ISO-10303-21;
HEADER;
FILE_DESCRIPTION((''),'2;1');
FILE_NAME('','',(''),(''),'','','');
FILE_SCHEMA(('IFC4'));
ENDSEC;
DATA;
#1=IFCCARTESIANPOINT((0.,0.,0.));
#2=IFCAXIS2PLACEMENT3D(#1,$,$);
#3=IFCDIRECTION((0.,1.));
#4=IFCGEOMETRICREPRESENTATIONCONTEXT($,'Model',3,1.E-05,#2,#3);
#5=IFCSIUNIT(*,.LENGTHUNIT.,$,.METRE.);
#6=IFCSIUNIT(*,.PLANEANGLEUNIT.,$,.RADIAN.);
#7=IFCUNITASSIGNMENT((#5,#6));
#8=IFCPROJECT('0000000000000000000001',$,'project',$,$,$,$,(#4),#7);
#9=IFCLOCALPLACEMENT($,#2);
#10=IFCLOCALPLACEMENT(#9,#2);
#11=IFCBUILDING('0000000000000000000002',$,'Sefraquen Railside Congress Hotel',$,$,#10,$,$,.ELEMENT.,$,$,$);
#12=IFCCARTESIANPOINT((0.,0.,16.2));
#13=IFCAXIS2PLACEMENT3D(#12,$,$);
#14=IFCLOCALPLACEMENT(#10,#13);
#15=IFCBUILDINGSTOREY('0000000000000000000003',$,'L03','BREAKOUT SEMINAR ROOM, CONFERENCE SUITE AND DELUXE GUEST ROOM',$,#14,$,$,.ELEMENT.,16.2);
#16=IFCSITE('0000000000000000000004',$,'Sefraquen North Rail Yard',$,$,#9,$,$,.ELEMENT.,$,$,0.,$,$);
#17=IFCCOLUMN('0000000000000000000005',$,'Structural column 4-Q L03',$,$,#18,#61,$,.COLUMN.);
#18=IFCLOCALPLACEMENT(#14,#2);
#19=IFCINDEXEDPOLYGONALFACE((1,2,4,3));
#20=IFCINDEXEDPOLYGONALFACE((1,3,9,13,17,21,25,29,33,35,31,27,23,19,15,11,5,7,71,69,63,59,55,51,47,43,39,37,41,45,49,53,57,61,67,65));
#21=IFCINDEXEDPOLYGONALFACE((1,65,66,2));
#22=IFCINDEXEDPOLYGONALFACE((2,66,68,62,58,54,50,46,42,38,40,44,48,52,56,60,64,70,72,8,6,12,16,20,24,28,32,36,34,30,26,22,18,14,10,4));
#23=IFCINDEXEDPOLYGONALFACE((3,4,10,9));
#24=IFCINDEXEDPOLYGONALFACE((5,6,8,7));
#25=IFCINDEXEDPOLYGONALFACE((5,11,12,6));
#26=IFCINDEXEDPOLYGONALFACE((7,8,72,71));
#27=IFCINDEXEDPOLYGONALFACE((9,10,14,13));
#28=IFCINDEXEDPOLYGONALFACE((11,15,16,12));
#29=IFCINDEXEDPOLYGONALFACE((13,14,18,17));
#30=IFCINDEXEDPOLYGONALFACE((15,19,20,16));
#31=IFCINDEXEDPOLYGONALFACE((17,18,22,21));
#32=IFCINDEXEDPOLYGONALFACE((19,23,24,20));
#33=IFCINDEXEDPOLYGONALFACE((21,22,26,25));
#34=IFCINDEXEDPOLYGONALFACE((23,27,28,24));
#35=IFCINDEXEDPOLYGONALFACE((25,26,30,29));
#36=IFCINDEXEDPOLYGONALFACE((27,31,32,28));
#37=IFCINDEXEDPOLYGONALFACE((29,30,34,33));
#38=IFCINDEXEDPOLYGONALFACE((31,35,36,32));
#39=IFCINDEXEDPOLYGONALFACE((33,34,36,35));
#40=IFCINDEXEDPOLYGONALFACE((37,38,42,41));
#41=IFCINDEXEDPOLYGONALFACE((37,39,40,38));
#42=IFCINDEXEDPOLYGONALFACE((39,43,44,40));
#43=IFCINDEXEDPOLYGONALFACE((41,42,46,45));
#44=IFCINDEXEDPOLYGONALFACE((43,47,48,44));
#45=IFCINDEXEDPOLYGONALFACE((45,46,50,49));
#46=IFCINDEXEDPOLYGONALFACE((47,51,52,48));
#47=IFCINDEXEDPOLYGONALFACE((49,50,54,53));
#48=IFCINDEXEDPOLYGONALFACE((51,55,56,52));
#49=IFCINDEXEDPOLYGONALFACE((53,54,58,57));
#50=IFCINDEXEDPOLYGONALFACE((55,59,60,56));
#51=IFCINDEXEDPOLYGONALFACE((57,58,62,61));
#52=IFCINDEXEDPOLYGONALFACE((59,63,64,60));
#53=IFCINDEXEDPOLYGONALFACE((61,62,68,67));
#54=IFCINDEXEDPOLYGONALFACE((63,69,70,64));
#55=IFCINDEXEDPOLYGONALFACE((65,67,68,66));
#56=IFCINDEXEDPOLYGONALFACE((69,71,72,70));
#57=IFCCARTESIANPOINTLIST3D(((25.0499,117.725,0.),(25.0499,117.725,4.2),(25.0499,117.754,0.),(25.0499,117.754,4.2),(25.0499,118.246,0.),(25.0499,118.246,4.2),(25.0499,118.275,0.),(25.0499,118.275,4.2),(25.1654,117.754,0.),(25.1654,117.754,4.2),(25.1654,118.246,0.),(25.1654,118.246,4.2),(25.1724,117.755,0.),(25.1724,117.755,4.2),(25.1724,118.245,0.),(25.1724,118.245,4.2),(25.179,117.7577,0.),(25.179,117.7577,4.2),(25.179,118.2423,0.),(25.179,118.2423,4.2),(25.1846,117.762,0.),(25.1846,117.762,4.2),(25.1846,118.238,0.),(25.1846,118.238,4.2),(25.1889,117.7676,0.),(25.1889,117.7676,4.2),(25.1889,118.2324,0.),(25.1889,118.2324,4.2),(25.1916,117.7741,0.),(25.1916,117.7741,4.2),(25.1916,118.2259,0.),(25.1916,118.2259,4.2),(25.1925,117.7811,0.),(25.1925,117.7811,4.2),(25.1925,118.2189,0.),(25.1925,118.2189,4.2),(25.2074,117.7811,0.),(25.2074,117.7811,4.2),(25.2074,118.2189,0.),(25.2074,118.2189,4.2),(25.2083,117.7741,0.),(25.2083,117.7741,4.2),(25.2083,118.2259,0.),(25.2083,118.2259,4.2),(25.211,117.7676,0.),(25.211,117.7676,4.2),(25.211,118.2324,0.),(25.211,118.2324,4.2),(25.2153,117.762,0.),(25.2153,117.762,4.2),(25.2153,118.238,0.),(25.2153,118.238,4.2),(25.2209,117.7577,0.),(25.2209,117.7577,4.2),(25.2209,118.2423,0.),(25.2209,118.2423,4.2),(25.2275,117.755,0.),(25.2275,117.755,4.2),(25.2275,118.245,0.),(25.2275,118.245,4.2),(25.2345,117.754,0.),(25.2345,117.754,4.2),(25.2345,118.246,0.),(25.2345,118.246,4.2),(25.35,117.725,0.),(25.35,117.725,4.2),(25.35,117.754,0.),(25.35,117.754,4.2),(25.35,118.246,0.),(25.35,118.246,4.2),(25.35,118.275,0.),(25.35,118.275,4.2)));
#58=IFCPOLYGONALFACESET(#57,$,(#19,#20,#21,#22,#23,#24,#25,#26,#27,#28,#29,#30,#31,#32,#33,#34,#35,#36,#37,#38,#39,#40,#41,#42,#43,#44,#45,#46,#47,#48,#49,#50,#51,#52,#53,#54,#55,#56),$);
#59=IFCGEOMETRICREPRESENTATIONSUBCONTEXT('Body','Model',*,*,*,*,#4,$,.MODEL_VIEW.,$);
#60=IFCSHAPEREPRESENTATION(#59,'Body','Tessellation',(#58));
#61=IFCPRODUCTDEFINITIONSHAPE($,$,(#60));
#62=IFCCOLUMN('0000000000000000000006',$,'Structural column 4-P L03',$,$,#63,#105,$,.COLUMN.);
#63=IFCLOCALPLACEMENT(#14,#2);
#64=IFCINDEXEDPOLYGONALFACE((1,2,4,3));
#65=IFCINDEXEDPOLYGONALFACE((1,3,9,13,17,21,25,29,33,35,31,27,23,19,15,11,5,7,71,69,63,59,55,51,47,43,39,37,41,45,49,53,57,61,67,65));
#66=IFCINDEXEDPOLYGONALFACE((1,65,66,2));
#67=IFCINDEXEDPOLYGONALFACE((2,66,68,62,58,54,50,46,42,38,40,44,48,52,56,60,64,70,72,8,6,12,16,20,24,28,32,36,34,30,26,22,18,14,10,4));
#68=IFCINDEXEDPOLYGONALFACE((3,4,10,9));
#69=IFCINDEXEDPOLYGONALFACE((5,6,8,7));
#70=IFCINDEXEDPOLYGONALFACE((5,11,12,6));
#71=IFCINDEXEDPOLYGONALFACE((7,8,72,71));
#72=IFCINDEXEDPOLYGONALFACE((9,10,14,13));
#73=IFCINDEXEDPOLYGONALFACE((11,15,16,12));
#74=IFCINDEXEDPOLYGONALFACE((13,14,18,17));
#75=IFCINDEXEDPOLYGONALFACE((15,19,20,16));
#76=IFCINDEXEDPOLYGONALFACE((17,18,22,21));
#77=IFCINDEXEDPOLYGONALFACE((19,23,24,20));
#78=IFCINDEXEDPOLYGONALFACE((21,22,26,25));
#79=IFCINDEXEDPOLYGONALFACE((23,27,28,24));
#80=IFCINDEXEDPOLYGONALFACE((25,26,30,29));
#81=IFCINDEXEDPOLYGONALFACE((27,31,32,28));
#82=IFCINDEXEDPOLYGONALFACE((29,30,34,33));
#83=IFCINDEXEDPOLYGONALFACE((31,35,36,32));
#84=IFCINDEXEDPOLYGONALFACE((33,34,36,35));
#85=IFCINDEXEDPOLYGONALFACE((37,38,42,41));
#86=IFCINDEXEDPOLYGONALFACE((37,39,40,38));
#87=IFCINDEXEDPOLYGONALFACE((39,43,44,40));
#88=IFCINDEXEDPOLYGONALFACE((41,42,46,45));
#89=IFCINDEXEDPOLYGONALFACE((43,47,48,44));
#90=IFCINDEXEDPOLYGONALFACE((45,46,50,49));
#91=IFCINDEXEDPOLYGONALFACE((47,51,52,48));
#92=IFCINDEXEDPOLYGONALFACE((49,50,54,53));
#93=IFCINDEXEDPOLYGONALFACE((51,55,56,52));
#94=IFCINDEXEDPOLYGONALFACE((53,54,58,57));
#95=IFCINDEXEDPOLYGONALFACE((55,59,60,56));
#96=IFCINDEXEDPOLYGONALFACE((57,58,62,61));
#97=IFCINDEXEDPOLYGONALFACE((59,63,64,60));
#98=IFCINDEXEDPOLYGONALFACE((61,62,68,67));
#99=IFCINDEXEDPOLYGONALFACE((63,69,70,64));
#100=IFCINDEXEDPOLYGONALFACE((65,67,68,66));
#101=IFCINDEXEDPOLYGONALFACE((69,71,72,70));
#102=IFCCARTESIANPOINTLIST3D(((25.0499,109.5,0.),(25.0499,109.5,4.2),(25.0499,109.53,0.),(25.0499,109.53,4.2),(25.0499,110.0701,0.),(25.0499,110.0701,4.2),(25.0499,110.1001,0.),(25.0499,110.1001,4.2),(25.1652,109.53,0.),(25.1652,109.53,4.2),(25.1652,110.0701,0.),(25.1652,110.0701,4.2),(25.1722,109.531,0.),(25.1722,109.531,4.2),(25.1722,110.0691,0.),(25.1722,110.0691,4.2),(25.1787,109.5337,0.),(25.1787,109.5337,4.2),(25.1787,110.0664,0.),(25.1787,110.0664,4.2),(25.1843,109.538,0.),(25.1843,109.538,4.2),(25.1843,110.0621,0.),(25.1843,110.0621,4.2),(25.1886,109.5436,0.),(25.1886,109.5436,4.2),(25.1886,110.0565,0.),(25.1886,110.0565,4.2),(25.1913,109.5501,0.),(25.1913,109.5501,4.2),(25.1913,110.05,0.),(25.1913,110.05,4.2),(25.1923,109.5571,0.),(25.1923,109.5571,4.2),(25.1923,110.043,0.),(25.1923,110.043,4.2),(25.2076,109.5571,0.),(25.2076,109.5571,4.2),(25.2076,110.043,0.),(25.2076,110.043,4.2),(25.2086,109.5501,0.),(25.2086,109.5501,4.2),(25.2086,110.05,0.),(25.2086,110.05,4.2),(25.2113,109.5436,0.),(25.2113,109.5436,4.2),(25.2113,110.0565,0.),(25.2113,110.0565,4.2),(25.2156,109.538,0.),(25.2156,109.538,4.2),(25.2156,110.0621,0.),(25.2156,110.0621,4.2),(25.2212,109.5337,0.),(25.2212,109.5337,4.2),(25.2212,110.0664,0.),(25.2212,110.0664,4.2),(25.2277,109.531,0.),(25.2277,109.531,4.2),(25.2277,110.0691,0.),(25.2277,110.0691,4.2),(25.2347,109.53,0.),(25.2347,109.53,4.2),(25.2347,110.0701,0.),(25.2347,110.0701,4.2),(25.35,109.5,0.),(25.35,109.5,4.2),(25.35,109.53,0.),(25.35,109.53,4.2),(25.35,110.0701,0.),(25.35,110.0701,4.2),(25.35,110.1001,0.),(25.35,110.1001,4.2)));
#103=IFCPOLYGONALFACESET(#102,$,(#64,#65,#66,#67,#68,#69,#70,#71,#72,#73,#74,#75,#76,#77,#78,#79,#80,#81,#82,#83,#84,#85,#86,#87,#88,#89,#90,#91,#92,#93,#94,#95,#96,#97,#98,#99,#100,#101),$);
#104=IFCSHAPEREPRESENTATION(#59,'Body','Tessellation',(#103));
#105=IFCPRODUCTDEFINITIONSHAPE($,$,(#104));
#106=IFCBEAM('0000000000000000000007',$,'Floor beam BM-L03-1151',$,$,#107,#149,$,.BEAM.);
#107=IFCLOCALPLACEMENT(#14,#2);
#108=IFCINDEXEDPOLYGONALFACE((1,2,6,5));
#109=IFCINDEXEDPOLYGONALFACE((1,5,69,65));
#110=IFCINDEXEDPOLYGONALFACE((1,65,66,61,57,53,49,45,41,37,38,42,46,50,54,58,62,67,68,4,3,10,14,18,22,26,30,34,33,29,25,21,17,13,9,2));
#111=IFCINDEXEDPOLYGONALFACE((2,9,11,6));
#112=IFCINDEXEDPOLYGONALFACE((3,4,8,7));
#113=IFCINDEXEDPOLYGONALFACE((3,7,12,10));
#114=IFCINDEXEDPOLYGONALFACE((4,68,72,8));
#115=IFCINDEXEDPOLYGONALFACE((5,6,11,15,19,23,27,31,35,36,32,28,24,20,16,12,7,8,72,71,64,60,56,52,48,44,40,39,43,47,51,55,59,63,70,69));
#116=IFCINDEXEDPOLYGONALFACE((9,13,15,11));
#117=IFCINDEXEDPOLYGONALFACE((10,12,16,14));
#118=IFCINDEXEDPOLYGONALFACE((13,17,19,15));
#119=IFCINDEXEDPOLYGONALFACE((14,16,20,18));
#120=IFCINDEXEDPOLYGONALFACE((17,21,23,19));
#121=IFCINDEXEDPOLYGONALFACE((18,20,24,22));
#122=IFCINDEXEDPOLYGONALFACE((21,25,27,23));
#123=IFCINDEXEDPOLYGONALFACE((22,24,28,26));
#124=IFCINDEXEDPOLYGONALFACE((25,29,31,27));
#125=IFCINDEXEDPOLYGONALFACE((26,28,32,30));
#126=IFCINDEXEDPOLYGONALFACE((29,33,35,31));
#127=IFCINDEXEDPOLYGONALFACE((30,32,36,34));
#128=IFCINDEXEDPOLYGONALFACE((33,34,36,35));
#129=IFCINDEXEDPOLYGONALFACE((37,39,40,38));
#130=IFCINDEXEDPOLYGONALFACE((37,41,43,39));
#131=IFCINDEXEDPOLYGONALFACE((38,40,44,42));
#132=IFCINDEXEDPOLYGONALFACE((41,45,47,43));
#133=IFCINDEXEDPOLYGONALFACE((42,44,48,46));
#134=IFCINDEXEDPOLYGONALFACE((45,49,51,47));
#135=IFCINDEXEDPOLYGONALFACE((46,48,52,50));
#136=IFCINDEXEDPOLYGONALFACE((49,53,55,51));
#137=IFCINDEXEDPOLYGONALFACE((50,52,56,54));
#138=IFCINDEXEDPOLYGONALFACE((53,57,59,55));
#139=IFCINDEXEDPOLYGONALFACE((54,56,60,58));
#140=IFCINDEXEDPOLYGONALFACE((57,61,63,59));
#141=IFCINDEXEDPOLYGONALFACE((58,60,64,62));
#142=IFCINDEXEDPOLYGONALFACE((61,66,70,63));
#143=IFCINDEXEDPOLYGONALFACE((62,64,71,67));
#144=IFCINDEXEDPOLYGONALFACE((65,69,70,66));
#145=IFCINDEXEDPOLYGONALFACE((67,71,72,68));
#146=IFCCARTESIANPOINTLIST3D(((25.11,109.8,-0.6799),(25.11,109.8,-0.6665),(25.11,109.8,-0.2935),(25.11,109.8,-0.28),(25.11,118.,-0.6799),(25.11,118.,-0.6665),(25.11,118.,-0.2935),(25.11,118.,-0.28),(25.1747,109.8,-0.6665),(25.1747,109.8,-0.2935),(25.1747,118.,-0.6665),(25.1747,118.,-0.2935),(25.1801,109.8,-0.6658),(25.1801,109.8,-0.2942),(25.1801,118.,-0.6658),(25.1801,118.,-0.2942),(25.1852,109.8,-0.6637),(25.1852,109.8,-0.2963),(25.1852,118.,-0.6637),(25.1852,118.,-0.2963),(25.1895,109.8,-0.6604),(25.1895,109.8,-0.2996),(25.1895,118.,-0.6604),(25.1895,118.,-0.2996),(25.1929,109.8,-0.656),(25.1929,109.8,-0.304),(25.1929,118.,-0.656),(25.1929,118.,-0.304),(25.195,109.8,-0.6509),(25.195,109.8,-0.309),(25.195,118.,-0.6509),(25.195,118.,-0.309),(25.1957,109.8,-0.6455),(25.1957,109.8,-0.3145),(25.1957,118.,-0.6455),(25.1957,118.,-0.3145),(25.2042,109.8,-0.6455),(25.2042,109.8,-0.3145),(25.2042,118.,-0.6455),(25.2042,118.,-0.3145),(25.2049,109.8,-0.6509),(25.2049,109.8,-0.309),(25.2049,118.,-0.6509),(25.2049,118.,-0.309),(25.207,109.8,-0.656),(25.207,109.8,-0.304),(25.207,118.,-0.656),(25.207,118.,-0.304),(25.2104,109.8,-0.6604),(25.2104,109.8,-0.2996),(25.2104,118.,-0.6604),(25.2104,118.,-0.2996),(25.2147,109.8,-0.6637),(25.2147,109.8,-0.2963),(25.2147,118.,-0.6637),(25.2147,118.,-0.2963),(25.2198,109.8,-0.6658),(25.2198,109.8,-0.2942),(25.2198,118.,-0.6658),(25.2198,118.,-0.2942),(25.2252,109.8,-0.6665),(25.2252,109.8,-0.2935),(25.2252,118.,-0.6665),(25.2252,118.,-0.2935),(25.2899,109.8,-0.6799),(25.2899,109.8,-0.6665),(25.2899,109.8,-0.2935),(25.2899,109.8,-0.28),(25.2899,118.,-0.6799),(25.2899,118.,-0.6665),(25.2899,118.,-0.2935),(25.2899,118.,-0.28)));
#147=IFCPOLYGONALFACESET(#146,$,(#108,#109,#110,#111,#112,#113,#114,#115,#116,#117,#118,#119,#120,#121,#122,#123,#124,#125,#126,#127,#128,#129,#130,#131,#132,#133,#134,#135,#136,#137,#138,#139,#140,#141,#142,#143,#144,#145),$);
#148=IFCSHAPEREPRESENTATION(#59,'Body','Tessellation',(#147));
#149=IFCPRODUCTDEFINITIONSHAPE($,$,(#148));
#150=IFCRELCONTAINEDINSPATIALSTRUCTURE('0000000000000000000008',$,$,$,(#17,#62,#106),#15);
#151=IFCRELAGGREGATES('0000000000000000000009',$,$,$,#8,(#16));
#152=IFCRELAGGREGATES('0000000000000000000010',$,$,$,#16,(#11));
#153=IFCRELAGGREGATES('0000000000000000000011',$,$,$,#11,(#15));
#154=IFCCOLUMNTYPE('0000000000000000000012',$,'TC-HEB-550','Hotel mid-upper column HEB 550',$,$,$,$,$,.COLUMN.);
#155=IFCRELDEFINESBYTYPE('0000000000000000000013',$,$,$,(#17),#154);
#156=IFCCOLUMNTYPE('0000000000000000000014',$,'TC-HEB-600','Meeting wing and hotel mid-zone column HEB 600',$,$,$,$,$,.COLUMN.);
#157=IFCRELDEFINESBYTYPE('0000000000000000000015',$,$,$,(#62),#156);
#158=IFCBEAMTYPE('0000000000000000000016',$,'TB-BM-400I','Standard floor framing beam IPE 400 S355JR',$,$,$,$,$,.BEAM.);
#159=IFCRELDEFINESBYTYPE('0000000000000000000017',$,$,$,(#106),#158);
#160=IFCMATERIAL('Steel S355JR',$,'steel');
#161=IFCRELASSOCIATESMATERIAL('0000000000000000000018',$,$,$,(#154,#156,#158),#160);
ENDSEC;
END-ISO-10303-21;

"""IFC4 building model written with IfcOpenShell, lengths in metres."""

from ifc_helpers import new_model, si_unit, direction, frame, origin, origin_2d, place, context, subcontext, project, spatial, i_section, extrude, material, material_profile, profile_set, type_object, element, save


model = new_model("IFC4")

# Units and contexts
model_context = context("Model", 3, precision=1e-05, world=origin(), true_north=direction((0.0, 1.0)))
body_context = subcontext(model_context, "Body", "Model", "MODEL_VIEW")
ifc_project = project(units=[si_unit("LENGTHUNIT", "METRE"), si_unit("PLANEANGLEUNIT", "RADIAN")], contexts=[model_context])

# Site, building, storey
site_placement = place(None, origin())
site = spatial("IfcSite", under=ifc_project, at=site_placement, Name="Sefraquen North Rail Yard", CompositionType="ELEMENT", RefElevation=0.0)
building_placement = place(site_placement, origin())
building = spatial("IfcBuilding", under=site, at=building_placement, Name="Sefraquen Railside Congress Hotel", CompositionType="ELEMENT")
storey_placement = place(building_placement, frame((0.0, 0.0, 16.2)))
storey = spatial("IfcBuildingStorey", under=building, at=storey_placement, Name="L03", Description="BREAKOUT SEMINAR ROOM, CONFERENCE SUITE AND DELUXE GUEST ROOM", CompositionType="ELEMENT", Elevation=16.2)

# Columns
ifc_material_1 = material(Name="Steel S355JR", Category="steel")
ifc_material_profile_1 = material_profile(ifc_material_1, i_section(OverallWidth=0.3, OverallDepth=0.55, WebThickness=0.0149, FlangeThickness=0.0291, FilletRadius=0.0271, at=origin_2d()), Name="HEB 550")
ifc_profile_set_1 = profile_set([ifc_material_profile_1], Name="Steel S355JR")
column_type_1 = type_object("IfcColumnType", Name="TC-HEB-550", Description="Hotel mid-upper column HEB 550", PredefinedType="COLUMN", material=ifc_profile_set_1)
column_1_placement = place(storey_placement, frame((25.2, 118.0, 0.0), z_axis=(0.0, 0.0, 1.0), x_axis=(1.0, 0.0, 0.0)))
element("IfcColumn", 1, at=column_1_placement, inside=storey, type_object=column_type_1, Name="Structural column 4-Q L03", PredefinedType="COLUMN", context=body_context, shape_type="SweptSolid", body=[
    extrude(i_section(OverallWidth=0.3, OverallDepth=0.55, WebThickness=0.0149, FlangeThickness=0.0291, FilletRadius=0.0271, at=origin_2d()), origin(), (0.0, 0.0, 1.0), 4.2),
])
ifc_material_profile_2 = material_profile(ifc_material_1, i_section(OverallWidth=0.3, OverallDepth=0.6001, WebThickness=0.0154, FlangeThickness=0.03, FilletRadius=0.0271, at=origin_2d()), Name="HEB 600")
ifc_profile_set_2 = profile_set([ifc_material_profile_2], Name="Steel S355JR")
column_type_2 = type_object("IfcColumnType", Name="TC-HEB-600", Description="Meeting wing and hotel mid-zone column HEB 600", PredefinedType="COLUMN", material=ifc_profile_set_2)
column_2_placement = place(storey_placement, frame((25.2, 109.8, 0.0), z_axis=(0.0, 0.0, 1.0), x_axis=(1.0, 0.0, 0.0)))
element("IfcColumn", 2, at=column_2_placement, inside=storey, type_object=column_type_2, Name="Structural column 4-P L03", PredefinedType="COLUMN", context=body_context, shape_type="SweptSolid", body=[
    extrude(i_section(OverallWidth=0.3, OverallDepth=0.6001, WebThickness=0.0154, FlangeThickness=0.03, FilletRadius=0.0271, at=origin_2d()), origin(), (0.0, 0.0, 1.0), 4.2),
])

# Beam
ifc_material_profile_3 = material_profile(ifc_material_1, i_section(OverallWidth=0.1799, OverallDepth=0.3999, WebThickness=0.0085, FlangeThickness=0.0134, FilletRadius=0.021, at=origin_2d()), Name="IPE 400")
ifc_profile_set_3 = profile_set([ifc_material_profile_3], Name="Steel S355JR")
beam_type_1 = type_object("IfcBeamType", Name="TB-BM-400I", Description="Standard floor framing beam IPE 400 S355JR", PredefinedType="BEAM", material=ifc_profile_set_3)
beam_placement = place(storey_placement, frame((25.2, 109.8, -0.48), z_axis=(0.0, 1.0, 0.0), x_axis=(-1.0, 0.0, 0.0)))
element("IfcBeam", 3, at=beam_placement, inside=storey, type_object=beam_type_1, Name="Floor beam BM-L03-1151", PredefinedType="BEAM", context=body_context, shape_type="SweptSolid", body=[
    extrude(i_section(OverallWidth=0.1799, OverallDepth=0.3999, WebThickness=0.0085, FlangeThickness=0.0134, FilletRadius=0.021, at=origin_2d()), origin(), (0.0, 0.0, 1.0), 8.2),
])

save(model, "model.ifc")
